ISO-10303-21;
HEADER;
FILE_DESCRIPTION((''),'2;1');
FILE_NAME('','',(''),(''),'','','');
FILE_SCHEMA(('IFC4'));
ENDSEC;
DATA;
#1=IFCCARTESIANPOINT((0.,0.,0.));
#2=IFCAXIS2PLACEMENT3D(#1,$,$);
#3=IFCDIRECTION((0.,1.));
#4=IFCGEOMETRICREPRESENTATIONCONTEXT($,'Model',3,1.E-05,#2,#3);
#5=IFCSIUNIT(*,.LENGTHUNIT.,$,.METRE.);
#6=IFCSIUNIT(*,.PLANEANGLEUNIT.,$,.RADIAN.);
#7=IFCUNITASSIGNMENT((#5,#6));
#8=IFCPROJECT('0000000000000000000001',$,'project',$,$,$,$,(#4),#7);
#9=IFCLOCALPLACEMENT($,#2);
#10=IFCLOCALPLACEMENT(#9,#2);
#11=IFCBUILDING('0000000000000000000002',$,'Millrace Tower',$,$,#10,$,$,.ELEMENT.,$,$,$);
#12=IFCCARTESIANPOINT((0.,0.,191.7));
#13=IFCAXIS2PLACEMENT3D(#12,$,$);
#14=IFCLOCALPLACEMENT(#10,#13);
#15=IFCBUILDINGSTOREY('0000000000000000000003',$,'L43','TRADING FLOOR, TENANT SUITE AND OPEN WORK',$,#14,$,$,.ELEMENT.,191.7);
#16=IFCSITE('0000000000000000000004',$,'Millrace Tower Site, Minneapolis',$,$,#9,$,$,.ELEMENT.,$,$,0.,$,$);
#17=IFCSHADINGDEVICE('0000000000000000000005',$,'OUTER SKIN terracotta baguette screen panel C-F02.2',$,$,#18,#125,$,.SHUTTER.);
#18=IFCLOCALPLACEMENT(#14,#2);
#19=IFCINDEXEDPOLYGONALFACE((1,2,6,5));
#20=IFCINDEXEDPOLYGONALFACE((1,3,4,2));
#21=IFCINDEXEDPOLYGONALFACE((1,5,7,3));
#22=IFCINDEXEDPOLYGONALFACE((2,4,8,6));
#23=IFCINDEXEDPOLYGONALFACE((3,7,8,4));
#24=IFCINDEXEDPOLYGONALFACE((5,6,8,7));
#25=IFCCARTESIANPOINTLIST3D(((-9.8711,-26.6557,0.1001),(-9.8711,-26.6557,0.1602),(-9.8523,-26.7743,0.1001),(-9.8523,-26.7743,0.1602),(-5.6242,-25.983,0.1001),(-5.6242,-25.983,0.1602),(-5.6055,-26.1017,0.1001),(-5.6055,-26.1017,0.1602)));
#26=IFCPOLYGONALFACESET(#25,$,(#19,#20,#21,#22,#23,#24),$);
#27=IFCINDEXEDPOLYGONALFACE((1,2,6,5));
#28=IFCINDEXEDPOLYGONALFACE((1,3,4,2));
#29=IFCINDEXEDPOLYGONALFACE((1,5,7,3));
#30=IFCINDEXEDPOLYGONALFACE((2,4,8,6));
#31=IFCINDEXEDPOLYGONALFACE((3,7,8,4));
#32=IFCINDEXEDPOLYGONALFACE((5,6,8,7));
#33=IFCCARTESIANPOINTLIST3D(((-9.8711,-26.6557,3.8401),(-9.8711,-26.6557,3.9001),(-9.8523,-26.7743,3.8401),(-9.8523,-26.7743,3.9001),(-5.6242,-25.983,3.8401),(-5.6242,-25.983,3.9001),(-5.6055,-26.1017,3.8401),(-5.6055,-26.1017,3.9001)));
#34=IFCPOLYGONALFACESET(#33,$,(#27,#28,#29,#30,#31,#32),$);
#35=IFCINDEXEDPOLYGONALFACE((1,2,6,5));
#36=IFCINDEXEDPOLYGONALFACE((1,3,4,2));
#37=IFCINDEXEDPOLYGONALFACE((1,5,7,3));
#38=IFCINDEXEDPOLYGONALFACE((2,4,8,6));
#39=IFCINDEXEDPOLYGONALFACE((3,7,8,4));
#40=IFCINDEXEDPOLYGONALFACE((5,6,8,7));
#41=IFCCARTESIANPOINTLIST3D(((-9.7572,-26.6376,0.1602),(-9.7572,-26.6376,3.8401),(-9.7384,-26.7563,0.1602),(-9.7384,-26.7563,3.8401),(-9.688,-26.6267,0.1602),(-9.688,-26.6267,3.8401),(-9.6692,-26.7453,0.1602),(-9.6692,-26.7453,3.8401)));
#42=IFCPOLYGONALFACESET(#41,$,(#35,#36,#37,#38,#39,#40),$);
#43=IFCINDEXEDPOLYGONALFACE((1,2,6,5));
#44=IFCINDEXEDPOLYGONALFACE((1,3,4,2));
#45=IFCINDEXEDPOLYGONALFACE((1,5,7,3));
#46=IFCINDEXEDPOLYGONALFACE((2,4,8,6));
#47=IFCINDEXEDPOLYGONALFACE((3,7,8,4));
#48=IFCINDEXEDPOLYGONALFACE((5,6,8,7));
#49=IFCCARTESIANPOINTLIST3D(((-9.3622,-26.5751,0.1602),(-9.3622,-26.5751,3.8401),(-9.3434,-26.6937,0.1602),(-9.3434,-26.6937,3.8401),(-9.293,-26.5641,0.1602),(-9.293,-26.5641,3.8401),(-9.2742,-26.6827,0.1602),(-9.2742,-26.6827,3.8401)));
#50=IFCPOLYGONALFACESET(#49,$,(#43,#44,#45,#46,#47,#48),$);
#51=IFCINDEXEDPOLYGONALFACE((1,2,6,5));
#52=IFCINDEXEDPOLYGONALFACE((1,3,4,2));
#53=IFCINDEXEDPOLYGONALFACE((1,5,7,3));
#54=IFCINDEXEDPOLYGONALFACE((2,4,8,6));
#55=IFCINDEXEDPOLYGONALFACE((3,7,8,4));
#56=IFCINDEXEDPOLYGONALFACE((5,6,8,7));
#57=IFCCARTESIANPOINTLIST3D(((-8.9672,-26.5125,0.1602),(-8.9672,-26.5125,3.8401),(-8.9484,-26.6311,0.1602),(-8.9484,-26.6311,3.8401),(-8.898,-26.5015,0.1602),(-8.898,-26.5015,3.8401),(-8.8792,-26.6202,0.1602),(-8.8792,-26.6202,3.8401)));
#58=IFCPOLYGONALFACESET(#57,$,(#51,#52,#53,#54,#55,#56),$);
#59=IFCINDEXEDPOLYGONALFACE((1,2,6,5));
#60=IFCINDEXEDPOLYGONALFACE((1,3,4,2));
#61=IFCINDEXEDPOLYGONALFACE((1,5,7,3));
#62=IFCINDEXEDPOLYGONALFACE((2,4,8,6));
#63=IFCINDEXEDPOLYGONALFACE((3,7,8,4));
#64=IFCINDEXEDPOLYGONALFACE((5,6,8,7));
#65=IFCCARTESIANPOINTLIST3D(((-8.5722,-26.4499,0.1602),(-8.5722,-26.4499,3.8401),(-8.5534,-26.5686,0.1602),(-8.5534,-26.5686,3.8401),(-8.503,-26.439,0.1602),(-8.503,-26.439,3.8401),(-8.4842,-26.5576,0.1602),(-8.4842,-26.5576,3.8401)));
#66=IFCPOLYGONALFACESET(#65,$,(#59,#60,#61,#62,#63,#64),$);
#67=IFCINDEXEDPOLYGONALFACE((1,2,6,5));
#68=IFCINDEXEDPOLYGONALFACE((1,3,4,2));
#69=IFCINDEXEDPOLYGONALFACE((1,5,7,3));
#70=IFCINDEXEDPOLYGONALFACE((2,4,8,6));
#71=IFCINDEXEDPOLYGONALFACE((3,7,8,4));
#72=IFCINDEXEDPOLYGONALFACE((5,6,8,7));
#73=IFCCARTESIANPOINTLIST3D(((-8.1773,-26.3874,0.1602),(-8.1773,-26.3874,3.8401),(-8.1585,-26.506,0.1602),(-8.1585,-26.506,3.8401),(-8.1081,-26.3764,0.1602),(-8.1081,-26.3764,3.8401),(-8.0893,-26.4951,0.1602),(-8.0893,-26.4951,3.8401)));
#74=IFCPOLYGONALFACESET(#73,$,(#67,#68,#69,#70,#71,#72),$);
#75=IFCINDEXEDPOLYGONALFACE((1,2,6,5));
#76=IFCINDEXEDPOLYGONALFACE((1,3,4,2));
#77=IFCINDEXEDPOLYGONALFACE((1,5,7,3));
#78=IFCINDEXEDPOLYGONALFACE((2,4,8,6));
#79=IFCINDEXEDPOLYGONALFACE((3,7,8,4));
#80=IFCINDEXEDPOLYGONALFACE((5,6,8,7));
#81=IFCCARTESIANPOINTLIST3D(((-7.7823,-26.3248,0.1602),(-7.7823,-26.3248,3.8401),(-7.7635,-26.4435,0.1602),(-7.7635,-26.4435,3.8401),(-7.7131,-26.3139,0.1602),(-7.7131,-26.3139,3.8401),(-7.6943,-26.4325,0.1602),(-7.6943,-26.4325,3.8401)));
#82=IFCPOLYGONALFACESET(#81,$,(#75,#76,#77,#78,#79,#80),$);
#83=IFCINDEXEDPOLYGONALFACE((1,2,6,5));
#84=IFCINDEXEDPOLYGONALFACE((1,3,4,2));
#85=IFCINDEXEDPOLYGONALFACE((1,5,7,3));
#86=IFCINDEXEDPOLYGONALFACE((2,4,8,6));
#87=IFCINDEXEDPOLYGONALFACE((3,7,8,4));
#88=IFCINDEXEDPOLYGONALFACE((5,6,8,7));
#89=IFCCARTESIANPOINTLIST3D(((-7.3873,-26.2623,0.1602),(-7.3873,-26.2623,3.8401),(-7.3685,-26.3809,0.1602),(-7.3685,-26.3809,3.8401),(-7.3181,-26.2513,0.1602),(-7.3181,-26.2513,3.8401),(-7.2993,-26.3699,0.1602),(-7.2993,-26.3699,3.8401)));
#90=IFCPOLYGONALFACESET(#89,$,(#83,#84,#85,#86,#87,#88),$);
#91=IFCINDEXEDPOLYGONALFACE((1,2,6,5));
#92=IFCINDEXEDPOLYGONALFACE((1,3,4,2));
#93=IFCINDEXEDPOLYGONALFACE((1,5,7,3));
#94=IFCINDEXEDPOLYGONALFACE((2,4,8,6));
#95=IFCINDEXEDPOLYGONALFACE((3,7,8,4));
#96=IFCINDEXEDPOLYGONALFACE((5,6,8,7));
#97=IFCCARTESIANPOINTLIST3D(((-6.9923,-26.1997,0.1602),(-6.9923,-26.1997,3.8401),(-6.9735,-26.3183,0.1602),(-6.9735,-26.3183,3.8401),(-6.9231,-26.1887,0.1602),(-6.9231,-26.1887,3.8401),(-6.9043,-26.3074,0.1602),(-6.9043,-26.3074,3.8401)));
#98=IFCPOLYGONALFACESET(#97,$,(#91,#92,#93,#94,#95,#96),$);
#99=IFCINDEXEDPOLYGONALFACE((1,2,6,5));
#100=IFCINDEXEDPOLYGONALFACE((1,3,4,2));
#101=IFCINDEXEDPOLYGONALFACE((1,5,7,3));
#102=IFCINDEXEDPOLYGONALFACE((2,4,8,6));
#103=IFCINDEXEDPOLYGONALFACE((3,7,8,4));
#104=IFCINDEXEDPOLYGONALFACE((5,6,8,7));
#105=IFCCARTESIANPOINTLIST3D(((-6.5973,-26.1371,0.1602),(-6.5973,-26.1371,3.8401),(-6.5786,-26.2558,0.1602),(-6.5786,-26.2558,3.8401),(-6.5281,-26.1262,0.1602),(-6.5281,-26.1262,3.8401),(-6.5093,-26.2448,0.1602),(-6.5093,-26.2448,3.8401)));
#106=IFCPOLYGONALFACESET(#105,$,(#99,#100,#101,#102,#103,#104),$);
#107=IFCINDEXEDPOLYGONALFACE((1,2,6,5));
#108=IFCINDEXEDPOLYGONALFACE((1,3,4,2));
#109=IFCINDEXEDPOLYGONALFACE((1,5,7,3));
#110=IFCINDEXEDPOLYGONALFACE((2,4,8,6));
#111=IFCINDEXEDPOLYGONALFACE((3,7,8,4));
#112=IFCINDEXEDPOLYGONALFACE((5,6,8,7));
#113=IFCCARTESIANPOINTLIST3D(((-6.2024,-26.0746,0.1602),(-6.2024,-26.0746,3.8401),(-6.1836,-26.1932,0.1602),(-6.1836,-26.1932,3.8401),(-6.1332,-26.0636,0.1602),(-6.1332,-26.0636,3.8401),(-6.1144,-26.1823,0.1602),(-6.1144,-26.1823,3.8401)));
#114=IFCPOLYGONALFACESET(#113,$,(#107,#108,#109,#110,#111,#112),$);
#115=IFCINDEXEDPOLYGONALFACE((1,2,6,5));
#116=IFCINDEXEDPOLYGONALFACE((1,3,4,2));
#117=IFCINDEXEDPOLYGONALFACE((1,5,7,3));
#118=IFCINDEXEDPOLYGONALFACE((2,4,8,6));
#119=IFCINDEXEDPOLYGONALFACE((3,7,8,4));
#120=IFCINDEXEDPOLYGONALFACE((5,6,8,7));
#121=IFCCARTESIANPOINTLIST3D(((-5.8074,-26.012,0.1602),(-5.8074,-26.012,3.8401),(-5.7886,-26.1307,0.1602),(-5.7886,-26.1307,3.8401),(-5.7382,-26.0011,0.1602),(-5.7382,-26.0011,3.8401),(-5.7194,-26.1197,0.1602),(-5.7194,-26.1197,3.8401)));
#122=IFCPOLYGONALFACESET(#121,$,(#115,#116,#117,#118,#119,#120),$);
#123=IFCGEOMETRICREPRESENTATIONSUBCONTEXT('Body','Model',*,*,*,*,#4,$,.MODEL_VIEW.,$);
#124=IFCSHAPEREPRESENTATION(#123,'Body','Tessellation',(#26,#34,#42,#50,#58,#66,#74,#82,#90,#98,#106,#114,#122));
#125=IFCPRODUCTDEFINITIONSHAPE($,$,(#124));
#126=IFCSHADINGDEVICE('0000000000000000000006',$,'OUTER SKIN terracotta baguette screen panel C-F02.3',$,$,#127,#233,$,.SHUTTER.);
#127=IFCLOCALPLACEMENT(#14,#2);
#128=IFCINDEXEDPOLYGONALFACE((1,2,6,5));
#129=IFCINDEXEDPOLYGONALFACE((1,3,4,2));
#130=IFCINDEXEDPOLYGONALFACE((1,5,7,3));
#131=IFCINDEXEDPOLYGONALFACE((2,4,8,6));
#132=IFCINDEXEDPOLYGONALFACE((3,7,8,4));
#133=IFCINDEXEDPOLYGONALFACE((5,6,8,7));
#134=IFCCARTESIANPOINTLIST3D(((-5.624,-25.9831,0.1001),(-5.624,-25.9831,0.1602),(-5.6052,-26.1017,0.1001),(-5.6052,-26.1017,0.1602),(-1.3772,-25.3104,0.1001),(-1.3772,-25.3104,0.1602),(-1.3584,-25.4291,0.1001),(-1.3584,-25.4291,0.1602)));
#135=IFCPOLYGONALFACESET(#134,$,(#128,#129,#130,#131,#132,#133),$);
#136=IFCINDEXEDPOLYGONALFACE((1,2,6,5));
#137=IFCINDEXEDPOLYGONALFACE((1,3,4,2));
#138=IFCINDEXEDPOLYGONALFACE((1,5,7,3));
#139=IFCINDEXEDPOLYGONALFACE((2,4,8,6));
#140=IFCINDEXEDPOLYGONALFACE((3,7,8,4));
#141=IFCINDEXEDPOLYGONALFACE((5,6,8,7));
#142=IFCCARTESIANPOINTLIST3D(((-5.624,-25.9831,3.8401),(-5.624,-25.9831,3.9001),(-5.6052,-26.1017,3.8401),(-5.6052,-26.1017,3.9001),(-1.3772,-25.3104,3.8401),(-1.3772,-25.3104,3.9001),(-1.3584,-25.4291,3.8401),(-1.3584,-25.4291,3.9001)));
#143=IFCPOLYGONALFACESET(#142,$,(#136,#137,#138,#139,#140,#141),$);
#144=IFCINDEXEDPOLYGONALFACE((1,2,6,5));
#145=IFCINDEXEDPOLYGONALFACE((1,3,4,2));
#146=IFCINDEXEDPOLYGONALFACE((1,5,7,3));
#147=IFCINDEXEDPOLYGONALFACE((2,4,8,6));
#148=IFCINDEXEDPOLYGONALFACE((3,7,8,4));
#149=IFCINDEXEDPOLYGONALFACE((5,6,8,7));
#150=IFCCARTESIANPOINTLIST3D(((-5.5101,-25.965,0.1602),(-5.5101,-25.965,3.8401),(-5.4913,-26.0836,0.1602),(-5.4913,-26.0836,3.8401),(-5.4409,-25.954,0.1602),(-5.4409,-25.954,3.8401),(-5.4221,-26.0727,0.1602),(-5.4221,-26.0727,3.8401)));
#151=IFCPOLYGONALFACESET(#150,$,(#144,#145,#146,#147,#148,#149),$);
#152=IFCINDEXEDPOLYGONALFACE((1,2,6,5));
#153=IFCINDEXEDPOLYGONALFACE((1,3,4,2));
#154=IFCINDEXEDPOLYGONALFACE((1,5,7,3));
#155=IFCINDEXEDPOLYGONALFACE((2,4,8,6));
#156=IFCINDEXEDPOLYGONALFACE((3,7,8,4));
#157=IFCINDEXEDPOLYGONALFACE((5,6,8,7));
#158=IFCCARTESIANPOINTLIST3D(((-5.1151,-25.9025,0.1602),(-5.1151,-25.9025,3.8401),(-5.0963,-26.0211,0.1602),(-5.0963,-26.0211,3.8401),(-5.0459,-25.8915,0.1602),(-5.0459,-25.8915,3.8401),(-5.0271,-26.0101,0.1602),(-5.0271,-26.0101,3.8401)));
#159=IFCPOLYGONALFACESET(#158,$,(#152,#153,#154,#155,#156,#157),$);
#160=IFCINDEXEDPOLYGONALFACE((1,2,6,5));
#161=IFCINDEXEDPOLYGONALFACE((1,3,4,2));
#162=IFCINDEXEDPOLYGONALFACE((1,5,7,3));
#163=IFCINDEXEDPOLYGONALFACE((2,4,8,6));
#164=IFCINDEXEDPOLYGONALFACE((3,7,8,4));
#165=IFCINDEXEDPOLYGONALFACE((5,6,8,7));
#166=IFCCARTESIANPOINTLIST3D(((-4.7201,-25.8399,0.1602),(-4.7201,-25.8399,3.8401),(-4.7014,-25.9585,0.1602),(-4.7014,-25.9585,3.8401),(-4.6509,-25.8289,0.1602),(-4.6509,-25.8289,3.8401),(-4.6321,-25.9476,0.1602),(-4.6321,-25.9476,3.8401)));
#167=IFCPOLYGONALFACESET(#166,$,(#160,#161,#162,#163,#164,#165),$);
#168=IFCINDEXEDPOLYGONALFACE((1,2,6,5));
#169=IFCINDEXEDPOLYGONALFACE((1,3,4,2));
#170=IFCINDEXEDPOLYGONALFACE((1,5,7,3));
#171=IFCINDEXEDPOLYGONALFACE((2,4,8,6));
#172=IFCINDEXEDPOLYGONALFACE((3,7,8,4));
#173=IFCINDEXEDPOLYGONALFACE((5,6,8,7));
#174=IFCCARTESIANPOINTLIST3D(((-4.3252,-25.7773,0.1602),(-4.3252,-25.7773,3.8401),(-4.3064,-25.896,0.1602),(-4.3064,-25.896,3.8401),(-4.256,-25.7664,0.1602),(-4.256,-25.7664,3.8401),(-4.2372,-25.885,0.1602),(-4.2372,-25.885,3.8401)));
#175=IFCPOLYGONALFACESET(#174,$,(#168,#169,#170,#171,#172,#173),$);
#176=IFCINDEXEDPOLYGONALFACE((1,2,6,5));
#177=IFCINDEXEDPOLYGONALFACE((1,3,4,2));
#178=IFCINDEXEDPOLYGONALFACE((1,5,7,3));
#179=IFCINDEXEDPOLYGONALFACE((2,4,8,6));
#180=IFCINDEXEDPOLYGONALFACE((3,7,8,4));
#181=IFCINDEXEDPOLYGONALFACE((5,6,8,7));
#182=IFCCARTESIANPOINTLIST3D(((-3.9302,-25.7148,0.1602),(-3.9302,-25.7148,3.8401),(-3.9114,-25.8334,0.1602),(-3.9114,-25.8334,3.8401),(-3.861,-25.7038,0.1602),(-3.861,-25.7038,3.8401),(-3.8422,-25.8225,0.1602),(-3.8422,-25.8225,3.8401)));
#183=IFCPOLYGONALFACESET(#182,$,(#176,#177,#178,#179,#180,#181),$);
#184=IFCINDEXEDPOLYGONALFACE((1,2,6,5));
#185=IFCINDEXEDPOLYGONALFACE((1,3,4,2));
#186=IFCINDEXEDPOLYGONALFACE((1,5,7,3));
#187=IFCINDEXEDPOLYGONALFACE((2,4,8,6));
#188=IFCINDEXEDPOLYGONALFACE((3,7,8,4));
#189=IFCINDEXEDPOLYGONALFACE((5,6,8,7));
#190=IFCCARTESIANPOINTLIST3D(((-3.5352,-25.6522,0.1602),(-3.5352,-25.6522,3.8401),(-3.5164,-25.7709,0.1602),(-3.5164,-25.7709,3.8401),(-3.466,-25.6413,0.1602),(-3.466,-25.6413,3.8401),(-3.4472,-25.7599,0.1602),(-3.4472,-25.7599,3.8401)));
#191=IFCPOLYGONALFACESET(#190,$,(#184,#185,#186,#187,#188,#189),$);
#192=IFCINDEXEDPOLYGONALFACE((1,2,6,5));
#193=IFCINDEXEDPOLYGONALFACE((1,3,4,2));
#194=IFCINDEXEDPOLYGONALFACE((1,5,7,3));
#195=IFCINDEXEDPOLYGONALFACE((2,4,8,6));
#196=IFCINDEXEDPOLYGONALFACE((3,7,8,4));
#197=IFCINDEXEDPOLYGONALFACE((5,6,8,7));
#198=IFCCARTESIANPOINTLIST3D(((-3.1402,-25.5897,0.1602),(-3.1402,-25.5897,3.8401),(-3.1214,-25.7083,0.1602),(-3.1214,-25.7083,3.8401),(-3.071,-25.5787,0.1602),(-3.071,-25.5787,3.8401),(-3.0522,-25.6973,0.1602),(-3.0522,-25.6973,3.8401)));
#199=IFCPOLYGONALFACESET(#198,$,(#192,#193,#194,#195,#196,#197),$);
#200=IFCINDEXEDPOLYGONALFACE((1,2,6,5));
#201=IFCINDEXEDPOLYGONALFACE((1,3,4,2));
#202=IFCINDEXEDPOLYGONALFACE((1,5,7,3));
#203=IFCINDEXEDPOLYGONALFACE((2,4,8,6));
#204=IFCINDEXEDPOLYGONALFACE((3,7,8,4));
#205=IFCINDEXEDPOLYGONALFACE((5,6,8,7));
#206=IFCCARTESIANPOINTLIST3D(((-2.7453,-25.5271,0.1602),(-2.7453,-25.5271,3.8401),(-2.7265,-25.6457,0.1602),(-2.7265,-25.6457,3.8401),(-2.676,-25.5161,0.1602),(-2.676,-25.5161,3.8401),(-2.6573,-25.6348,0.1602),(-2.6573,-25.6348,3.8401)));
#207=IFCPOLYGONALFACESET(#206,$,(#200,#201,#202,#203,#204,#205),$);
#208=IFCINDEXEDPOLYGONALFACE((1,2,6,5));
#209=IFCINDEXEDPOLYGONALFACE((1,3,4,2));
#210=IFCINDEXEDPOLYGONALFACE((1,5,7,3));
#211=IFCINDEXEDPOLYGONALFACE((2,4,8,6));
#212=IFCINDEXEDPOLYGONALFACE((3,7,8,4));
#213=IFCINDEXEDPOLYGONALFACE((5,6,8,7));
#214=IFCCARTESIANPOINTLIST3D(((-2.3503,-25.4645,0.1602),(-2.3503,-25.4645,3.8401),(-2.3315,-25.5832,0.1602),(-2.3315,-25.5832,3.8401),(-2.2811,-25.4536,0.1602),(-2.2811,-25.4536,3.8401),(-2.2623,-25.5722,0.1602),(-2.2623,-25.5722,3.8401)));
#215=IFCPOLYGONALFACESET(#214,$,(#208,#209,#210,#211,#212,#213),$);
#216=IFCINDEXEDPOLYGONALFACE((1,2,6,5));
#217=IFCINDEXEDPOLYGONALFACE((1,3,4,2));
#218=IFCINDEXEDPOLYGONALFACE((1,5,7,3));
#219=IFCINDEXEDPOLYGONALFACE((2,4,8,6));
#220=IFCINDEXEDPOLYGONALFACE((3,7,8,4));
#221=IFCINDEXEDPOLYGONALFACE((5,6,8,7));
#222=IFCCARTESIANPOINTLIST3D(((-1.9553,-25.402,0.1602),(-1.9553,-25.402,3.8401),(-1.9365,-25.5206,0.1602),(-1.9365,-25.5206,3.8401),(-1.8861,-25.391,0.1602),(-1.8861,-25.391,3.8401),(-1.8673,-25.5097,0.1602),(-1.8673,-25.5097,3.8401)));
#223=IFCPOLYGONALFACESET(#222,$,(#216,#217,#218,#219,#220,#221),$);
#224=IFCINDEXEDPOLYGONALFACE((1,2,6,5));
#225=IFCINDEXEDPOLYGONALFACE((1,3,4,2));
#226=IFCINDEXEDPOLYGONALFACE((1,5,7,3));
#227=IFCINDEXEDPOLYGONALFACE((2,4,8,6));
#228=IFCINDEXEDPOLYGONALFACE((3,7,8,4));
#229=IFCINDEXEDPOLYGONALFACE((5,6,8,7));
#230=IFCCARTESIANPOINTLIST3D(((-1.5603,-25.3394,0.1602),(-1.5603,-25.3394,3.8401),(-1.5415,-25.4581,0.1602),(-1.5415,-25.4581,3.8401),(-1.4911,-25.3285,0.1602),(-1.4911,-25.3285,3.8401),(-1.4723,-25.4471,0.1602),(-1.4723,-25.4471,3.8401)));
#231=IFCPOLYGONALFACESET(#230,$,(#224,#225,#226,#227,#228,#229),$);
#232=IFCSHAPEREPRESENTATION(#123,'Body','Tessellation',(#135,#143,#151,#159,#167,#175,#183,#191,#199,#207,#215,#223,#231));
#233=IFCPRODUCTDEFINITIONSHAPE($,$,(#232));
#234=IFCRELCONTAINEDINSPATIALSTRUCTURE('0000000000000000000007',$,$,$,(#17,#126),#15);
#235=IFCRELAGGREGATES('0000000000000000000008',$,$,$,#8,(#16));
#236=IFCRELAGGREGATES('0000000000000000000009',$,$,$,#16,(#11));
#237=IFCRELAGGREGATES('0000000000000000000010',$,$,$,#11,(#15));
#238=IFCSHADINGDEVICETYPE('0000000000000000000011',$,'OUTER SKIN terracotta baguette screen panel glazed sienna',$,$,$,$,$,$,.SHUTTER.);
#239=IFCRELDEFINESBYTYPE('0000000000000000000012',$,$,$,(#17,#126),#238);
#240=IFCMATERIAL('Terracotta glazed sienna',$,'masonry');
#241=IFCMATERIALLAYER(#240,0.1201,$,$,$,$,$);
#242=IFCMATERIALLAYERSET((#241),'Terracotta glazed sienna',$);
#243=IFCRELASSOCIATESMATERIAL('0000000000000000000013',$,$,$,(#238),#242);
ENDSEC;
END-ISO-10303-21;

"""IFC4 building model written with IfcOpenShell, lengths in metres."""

from ifc_helpers import new_model, entity, si_unit, direction, frame, frame_2d, origin, origin_2d, place, context, subcontext, project, spatial, rectangle, extrude, source, transform, mapped, material, layer, layer_set, type_object, element, save


model = new_model("IFC4")

# Units and contexts
model_context = context("Model", 3, precision=1e-05, world=origin(), true_north=direction((0.0, 1.0)))
body_context = subcontext(model_context, "Body", "Model", "MODEL_VIEW")
ifc_project = project(units=[si_unit("LENGTHUNIT", "METRE"), si_unit("PLANEANGLEUNIT", "RADIAN")], contexts=[model_context])

# Site, building, storey
site_placement = place(None, origin())
site = spatial("IfcSite", under=ifc_project, at=site_placement, Name="Millrace Tower Site, Minneapolis", CompositionType="ELEMENT", RefElevation=0.0)
building_placement = place(site_placement, origin())
building = spatial("IfcBuilding", under=site, at=building_placement, Name="Millrace Tower", CompositionType="ELEMENT")
storey_placement = place(building_placement, frame((0.0, 0.0, 191.7)))
storey = spatial("IfcBuildingStorey", under=building, at=storey_placement, Name="L43", Description="TRADING FLOOR, TENANT SUITE AND OPEN WORK", CompositionType="ELEMENT", Elevation=191.7)

# Shading devices
ifc_material_1 = material(Name="Terracotta glazed sienna", Category="masonry")
ifc_layer_1 = layer(ifc_material_1, 0.1201)
ifc_layer_set_1 = layer_set([ifc_layer_1], Name="Terracotta glazed sienna")
shading_device_type = type_object("IfcShadingDeviceType", Name="OUTER SKIN terracotta baguette screen panel glazed sienna", PredefinedType="SHUTTER", material=ifc_layer_set_1)
cartesian_point_1 = entity("IfcCartesianPoint", [-2.1499, 0.0601])
shared_polyline_1 = entity("IfcPolyline", [cartesian_point_1, entity("IfcCartesianPoint", [2.1499, 0.0601]), entity("IfcCartesianPoint", [2.1499, -0.0601]), entity("IfcCartesianPoint", [-2.1499, -0.0601]), cartesian_point_1])
shared_shape_1 = source(origin(), body_context, "Body", "SweptSolid", [
    entity("IfcExtrudedAreaSolid", entity("IfcArbitraryClosedProfileDef", "AREA", None, shared_polyline_1), entity("IfcAxis2Placement3D", entity("IfcCartesianPoint", [0.0, 0.0, 0.0])), entity("IfcDirection", [0.0, 0.0, 1.0]), 0.0601),
    entity("IfcExtrudedAreaSolid", entity("IfcArbitraryClosedProfileDef", "AREA", None, shared_polyline_1), entity("IfcAxis2Placement3D", entity("IfcCartesianPoint", [0.0, 0.0, 3.74])), entity("IfcDirection", [0.0, 0.0, 1.0]), 0.0601),
    extrude(rectangle(XDim=0.0701, YDim=0.1201, at=frame_2d((-1.9995, 0.0))), frame((0.0, 0.0, 0.0601)), (0.0, 0.0, 1.0), 3.6799),
    extrude(rectangle(XDim=0.0701, YDim=0.1201, at=frame_2d((-1.5996, 0.0))), frame((0.0, 0.0, 0.0601)), (0.0, 0.0, 1.0), 3.6799),
    extrude(rectangle(XDim=0.0701, YDim=0.1201, at=frame_2d((-1.1997, 0.0))), frame((0.0, 0.0, 0.0601)), (0.0, 0.0, 1.0), 3.6799),
    extrude(rectangle(XDim=0.0701, YDim=0.1201, at=frame_2d((-0.7998, 0.0))), frame((0.0, 0.0, 0.0601)), (0.0, 0.0, 1.0), 3.6799),
    extrude(rectangle(XDim=0.0701, YDim=0.1201, at=frame_2d((-0.3999, 0.0))), frame((0.0, 0.0, 0.0601)), (0.0, 0.0, 1.0), 3.6799),
    extrude(rectangle(XDim=0.0701, YDim=0.1201, at=origin_2d()), frame((0.0, 0.0, 0.0601)), (0.0, 0.0, 1.0), 3.6799),
    extrude(rectangle(XDim=0.0701, YDim=0.1201, at=frame_2d((0.3999, 0.0))), frame((0.0, 0.0, 0.0601)), (0.0, 0.0, 1.0), 3.6799),
    extrude(rectangle(XDim=0.0701, YDim=0.1201, at=frame_2d((0.7998, 0.0))), frame((0.0, 0.0, 0.0601)), (0.0, 0.0, 1.0), 3.6799),
    extrude(rectangle(XDim=0.0701, YDim=0.1201, at=frame_2d((1.1997, 0.0))), frame((0.0, 0.0, 0.0601)), (0.0, 0.0, 1.0), 3.6799),
    extrude(rectangle(XDim=0.0701, YDim=0.1201, at=frame_2d((1.5996, 0.0))), frame((0.0, 0.0, 0.0601)), (0.0, 0.0, 1.0), 3.6799),
    extrude(rectangle(XDim=0.0701, YDim=0.1201, at=frame_2d((1.9995, 0.0))), frame((0.0, 0.0, 0.0601)), (0.0, 0.0, 1.0), 3.6799),
])
for number, where, z_axis, x_axis, name in (
    (1, (-7.7383, -26.3787, 0.1001), (0.0, 0.0, 1.0), (0.987688, 0.156434, 0.0), "OUTER SKIN terracotta baguette screen panel C-F02.2"),
    (2, (-3.4912, -25.7061, 0.1001), (0.0, 0.0, 1.0), (0.987688, 0.156434, 0.0), "OUTER SKIN terracotta baguette screen panel C-F02.3"),
):
    element("IfcShadingDevice", number, at=place(storey_placement, frame(where, z_axis=z_axis, x_axis=x_axis)), inside=storey, type_object=shading_device_type, Name=name, PredefinedType="SHUTTER", context=body_context, shape_type="MappedRepresentation", body=[
        mapped(shared_shape_1, transform((0.0, 0.0, 0.0), scale=1.0)),
    ])

save(model, "model.ifc")
